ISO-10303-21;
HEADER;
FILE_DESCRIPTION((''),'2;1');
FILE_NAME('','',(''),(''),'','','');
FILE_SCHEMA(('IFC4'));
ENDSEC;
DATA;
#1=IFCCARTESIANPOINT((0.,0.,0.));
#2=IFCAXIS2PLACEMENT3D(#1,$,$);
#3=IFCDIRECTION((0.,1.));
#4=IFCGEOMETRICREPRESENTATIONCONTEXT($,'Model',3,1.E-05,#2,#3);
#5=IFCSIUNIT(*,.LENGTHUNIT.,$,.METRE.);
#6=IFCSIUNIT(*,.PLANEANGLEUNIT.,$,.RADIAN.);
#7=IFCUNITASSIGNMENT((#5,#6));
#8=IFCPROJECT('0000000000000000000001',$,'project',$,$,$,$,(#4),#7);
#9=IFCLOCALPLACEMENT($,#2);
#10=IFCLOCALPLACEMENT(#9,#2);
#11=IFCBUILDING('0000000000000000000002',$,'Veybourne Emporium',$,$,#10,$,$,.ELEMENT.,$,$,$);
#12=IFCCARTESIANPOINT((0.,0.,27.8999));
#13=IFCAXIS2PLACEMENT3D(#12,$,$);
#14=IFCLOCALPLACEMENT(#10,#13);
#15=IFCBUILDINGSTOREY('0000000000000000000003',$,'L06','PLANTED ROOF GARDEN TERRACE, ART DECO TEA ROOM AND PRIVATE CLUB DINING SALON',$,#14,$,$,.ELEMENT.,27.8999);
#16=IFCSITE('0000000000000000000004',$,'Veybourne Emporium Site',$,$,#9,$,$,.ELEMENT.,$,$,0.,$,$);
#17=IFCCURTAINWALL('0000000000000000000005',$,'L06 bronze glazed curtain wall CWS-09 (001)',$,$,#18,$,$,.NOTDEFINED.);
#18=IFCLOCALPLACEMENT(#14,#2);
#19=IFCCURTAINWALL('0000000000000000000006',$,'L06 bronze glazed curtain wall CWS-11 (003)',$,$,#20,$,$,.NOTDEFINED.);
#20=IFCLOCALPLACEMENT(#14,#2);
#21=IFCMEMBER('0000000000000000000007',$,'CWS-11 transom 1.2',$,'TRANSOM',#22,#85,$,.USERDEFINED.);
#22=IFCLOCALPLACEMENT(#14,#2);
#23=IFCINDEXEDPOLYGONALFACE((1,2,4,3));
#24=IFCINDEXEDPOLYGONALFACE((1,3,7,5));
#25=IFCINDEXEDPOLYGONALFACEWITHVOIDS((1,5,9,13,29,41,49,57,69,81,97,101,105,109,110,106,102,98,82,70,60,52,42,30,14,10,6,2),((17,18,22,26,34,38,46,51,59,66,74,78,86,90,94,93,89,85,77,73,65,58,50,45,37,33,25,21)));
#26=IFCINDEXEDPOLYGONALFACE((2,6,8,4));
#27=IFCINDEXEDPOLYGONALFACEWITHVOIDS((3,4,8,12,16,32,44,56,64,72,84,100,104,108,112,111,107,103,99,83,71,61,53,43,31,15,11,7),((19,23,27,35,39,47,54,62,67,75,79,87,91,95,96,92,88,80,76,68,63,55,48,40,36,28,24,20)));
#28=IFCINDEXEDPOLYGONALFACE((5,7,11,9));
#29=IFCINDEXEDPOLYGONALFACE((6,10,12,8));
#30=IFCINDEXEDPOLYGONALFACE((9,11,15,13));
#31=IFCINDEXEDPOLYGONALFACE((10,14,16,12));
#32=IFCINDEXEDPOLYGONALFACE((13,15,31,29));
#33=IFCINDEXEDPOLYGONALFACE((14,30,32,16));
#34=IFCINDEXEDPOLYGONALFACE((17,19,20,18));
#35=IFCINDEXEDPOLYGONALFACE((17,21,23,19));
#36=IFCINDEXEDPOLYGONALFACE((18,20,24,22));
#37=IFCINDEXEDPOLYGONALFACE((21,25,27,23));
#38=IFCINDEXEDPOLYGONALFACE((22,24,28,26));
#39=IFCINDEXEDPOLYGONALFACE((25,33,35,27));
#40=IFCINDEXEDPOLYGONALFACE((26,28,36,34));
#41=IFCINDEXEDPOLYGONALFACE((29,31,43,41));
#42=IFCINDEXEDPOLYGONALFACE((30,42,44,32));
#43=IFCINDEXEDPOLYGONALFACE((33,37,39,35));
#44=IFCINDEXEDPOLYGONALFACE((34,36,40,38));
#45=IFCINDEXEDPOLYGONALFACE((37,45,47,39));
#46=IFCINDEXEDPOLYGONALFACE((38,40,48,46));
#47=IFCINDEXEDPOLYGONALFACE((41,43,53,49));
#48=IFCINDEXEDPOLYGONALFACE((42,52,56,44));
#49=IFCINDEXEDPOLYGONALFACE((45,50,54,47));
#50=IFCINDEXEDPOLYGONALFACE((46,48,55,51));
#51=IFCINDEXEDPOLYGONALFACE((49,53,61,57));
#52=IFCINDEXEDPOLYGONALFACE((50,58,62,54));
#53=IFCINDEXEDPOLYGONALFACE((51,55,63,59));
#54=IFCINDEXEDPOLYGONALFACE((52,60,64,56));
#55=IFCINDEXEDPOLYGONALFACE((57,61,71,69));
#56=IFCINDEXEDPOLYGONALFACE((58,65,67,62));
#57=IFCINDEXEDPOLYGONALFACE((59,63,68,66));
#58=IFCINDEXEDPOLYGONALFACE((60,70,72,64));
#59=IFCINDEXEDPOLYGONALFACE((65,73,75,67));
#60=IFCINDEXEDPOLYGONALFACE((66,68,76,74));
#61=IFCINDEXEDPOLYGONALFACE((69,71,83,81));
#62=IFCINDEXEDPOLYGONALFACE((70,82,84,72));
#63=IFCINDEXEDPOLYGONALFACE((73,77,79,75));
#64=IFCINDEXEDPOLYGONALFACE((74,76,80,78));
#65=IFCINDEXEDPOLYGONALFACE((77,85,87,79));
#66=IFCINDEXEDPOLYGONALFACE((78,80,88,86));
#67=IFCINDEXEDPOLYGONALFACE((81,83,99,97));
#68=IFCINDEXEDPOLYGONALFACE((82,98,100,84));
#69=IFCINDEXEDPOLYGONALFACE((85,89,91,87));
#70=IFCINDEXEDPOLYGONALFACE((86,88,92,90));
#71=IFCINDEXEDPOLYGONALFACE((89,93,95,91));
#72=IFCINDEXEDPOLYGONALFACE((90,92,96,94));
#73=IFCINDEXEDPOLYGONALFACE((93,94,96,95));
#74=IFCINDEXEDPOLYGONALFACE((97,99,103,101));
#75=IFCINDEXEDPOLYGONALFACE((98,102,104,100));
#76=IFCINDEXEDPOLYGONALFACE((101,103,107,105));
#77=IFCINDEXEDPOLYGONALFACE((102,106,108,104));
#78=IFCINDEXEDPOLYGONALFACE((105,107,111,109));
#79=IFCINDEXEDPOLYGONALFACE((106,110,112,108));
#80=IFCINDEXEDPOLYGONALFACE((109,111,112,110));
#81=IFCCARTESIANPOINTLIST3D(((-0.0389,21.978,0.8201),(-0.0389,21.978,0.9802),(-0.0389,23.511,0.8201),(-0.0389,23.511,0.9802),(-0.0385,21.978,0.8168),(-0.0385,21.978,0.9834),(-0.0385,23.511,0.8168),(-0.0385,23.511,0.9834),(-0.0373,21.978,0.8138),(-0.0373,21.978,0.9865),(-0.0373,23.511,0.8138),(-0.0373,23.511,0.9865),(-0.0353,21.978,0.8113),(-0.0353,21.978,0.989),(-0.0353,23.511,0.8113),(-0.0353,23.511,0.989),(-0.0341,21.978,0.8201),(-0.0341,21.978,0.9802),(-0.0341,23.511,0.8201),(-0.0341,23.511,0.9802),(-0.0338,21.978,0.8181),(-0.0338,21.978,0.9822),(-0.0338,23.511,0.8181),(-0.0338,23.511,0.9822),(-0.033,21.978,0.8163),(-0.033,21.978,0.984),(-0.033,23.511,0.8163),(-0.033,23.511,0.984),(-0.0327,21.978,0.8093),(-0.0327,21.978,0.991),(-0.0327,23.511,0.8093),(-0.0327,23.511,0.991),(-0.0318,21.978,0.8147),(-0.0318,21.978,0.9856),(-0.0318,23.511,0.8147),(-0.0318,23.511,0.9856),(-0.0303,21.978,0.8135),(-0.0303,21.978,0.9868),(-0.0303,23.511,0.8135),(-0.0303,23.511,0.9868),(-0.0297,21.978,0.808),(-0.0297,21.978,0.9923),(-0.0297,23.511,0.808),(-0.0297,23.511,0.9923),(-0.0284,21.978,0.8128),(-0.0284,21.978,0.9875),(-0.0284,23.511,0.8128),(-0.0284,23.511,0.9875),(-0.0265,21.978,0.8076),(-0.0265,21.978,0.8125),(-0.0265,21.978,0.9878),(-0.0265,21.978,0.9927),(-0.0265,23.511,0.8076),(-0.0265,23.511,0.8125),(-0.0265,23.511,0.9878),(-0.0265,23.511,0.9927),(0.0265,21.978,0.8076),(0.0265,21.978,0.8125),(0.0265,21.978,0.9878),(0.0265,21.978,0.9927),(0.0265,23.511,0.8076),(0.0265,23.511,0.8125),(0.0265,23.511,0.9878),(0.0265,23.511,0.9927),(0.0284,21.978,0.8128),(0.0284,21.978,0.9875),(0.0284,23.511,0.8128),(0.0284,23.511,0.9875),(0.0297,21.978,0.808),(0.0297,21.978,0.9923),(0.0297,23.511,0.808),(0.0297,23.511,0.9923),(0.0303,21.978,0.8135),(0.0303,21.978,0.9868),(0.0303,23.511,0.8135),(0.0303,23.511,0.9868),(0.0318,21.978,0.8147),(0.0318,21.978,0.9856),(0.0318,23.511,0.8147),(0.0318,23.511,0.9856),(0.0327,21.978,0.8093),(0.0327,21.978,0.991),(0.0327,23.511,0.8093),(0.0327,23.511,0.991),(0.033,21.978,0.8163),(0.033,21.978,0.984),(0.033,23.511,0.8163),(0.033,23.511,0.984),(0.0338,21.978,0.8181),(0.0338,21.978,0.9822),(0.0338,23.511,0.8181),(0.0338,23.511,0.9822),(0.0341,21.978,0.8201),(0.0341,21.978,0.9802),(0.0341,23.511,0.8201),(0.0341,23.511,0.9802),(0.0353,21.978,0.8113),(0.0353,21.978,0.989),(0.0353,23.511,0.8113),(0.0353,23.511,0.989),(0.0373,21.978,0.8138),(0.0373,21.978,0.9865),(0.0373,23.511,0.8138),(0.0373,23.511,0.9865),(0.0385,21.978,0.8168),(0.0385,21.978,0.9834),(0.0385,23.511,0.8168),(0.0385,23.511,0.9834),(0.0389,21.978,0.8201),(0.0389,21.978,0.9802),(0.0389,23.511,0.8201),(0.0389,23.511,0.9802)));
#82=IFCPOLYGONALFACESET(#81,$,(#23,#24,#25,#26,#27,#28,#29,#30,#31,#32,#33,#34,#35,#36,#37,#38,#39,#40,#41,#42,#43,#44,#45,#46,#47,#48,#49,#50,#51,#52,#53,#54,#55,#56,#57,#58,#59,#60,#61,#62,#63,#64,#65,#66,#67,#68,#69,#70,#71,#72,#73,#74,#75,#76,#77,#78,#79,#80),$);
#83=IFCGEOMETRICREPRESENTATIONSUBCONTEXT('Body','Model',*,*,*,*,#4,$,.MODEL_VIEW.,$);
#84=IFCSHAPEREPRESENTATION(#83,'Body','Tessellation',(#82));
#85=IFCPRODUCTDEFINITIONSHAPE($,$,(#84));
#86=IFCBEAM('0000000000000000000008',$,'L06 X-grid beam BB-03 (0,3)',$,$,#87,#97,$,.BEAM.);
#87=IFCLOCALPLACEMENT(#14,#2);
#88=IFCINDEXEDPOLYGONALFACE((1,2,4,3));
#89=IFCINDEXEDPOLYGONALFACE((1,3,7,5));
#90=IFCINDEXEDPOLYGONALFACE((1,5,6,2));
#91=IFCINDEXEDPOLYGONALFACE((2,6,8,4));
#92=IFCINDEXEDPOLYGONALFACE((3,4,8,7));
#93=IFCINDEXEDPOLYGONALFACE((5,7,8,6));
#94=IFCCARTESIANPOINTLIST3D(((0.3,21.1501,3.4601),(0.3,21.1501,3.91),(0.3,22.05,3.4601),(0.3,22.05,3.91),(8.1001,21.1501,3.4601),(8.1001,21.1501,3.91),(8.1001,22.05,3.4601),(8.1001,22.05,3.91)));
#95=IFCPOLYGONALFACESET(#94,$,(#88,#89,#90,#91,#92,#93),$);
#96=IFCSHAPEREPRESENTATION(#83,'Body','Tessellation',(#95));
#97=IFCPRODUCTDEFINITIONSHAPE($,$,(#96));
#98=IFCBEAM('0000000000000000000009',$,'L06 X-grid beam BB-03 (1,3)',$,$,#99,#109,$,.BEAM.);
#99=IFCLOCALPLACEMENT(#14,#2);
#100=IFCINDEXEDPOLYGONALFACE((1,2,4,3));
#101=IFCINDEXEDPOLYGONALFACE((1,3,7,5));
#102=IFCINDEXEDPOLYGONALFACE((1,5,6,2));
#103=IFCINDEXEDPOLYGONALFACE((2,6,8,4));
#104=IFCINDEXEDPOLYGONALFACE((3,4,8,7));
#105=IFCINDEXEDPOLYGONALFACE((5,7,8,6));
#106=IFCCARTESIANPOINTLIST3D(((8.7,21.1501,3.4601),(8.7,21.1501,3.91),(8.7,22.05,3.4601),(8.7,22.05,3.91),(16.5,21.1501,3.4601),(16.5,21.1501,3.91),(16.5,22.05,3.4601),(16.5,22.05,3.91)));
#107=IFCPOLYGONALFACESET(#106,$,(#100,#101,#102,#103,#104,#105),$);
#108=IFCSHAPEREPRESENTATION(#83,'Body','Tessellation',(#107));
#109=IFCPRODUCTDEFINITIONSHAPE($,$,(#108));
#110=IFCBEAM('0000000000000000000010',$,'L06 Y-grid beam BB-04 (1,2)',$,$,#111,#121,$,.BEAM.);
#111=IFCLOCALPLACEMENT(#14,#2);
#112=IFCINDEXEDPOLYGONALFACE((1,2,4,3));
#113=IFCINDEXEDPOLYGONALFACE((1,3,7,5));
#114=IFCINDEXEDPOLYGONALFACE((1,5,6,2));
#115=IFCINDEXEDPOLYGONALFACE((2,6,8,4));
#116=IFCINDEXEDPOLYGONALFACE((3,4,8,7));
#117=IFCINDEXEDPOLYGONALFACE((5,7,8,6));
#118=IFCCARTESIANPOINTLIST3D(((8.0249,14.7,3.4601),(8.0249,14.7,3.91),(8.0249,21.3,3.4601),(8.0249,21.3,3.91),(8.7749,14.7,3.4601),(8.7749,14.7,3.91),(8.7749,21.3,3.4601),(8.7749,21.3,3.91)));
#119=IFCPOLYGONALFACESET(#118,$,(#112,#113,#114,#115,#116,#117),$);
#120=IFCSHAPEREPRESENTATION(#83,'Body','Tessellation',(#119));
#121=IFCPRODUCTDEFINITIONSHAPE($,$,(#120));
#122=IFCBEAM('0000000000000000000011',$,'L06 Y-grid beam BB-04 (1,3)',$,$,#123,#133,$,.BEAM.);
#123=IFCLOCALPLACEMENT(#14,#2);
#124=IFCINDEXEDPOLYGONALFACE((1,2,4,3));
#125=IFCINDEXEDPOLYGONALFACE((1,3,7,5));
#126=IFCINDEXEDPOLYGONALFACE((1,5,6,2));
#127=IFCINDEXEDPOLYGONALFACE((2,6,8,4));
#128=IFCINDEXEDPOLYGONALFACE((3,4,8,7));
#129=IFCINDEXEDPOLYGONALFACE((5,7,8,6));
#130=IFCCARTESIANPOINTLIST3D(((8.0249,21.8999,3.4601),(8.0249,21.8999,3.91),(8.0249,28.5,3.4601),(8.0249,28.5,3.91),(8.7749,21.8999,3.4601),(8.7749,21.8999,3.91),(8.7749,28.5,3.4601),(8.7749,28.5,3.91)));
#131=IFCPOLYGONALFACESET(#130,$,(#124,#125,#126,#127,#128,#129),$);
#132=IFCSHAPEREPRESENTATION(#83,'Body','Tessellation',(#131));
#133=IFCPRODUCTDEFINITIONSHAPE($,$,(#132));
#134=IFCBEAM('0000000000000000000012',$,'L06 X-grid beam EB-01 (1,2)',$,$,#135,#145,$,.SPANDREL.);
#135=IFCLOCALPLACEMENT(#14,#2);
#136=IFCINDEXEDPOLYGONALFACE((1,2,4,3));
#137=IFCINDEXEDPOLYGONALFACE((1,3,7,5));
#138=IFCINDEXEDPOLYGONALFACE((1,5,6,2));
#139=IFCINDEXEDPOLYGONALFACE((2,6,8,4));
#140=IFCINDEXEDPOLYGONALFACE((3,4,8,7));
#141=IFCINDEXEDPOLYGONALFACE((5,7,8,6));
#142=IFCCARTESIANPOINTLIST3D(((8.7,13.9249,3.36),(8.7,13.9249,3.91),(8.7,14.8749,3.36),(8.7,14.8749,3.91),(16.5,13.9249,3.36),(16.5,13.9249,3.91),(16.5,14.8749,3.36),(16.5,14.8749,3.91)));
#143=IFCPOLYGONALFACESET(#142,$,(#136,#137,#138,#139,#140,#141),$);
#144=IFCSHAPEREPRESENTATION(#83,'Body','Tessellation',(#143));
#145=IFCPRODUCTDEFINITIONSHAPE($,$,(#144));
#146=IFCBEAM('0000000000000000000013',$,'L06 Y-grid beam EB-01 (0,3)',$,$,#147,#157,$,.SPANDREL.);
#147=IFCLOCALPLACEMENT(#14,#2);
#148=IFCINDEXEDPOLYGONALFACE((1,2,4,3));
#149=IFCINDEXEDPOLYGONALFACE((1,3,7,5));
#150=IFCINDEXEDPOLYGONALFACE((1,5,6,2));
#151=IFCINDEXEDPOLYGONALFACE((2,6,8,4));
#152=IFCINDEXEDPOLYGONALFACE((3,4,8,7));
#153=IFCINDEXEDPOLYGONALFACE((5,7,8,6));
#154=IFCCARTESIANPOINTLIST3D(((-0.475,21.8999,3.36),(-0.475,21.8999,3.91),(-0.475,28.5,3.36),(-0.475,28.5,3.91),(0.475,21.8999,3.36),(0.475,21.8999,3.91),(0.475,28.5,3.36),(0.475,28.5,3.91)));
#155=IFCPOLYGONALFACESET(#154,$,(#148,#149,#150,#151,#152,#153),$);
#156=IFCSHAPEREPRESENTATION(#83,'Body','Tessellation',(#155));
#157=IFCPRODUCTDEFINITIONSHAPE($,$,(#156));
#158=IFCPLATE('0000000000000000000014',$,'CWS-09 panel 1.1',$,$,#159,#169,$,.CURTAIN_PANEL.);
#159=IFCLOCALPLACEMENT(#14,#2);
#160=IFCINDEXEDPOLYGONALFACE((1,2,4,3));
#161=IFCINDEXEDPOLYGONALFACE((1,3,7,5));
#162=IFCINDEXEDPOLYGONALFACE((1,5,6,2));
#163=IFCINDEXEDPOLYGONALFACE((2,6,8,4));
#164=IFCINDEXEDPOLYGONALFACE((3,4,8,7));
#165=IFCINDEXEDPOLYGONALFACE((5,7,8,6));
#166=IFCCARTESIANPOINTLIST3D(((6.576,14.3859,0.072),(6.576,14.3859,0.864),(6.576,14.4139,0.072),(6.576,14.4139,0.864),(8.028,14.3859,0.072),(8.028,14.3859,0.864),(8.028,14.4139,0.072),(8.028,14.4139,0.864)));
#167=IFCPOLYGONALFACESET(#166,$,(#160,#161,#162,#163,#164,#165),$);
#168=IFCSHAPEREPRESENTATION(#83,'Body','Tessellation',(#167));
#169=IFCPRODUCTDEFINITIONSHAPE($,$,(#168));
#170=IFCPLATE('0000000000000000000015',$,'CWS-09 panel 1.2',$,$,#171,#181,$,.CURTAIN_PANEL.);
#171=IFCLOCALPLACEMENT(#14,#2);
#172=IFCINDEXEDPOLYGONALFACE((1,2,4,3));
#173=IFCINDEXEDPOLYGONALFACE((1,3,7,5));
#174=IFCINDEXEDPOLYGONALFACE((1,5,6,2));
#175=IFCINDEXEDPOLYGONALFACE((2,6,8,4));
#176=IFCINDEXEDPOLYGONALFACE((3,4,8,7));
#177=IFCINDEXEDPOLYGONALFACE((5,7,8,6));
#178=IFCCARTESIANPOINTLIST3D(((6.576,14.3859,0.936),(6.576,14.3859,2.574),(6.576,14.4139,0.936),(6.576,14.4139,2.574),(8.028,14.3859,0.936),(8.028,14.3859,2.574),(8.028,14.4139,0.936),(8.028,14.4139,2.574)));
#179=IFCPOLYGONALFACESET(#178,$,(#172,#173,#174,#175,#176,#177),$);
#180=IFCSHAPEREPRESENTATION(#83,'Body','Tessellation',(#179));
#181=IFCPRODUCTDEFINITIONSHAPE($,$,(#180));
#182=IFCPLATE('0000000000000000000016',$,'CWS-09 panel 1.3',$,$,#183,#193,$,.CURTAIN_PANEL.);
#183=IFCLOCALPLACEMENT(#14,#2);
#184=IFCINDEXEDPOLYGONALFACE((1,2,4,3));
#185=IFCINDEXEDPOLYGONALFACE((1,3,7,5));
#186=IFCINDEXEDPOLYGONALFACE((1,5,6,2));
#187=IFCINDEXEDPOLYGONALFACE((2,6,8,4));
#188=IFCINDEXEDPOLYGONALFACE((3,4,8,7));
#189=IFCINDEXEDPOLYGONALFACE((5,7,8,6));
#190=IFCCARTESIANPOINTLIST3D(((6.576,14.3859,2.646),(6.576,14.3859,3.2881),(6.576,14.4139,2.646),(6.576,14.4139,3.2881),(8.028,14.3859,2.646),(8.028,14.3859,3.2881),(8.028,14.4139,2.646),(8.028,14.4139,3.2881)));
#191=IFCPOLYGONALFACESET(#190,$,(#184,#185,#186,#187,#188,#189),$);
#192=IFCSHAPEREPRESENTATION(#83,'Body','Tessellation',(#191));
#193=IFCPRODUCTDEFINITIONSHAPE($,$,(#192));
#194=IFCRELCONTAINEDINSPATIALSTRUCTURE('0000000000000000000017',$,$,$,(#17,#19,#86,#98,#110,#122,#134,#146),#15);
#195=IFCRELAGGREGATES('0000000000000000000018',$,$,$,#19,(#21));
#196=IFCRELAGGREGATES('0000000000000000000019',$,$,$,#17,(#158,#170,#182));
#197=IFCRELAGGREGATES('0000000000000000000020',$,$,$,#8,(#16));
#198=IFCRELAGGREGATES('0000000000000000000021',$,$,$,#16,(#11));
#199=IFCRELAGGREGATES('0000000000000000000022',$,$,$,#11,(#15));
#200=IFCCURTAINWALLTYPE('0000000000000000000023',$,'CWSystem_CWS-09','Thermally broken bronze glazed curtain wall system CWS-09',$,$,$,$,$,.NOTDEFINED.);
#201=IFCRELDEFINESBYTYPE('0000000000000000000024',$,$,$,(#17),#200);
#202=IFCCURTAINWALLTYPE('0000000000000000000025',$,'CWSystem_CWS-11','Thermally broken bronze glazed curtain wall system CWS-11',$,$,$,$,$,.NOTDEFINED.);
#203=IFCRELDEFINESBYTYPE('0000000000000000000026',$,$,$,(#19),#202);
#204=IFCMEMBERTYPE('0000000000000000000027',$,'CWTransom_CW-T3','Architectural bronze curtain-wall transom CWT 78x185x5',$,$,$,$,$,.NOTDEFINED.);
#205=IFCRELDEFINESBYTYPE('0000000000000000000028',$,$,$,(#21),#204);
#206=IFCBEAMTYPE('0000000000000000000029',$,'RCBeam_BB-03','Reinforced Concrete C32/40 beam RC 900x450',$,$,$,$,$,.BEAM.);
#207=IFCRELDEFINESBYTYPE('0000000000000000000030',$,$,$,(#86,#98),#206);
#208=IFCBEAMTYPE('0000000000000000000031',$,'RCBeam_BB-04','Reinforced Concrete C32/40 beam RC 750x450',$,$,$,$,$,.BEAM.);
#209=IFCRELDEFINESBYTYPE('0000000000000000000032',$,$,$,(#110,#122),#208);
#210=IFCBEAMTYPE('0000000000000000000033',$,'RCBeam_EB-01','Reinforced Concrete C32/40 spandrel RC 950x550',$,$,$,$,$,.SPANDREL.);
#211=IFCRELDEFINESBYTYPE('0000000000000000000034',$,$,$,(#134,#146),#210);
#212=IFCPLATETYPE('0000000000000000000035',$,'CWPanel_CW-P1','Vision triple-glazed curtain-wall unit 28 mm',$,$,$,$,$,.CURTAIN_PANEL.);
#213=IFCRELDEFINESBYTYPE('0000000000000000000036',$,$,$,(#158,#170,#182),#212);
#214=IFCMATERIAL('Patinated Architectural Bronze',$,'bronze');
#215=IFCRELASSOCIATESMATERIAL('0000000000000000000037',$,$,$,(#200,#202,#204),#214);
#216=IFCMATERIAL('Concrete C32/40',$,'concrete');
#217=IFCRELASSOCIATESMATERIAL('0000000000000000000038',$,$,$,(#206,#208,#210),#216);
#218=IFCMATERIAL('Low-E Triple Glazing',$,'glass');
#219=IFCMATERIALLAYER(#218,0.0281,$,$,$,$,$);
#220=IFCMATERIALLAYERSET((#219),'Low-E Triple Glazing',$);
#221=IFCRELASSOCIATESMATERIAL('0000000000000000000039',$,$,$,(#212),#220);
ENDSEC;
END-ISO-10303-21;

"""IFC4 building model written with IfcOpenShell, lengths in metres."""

from ifc_helpers import new_model, si_unit, direction, frame, origin, origin_2d, place, context, subcontext, project, spatial, rectangle, hollow_rectangle, extrude, material, layer, layer_set, material_profile, profile_set, type_object, element, aggregate, save


model = new_model("IFC4")

# Units and contexts
model_context = context("Model", 3, precision=1e-05, world=origin(), true_north=direction((0.0, 1.0)))
body_context = subcontext(model_context, "Body", "Model", "MODEL_VIEW")
ifc_project = project(units=[si_unit("LENGTHUNIT", "METRE"), si_unit("PLANEANGLEUNIT", "RADIAN")], contexts=[model_context])

# Site, building, storey
site_placement = place(None, origin())
site = spatial("IfcSite", under=ifc_project, at=site_placement, Name="Veybourne Emporium Site", CompositionType="ELEMENT", RefElevation=0.0)
building_placement = place(site_placement, origin())
building = spatial("IfcBuilding", under=site, at=building_placement, Name="Veybourne Emporium", CompositionType="ELEMENT")
storey_placement = place(building_placement, frame((0.0, 0.0, 27.8999)))
storey = spatial("IfcBuildingStorey", under=building, at=storey_placement, Name="L06", Description="PLANTED ROOF GARDEN TERRACE, ART DECO TEA ROOM AND PRIVATE CLUB DINING SALON", CompositionType="ELEMENT", Elevation=27.8999)

# Curtain wall
ifc_material_1 = material(Name="Patinated Architectural Bronze", Category="bronze")
curtain_wall_type_1 = type_object("IfcCurtainWallType", Name="CWSystem_CWS-09", Description="Thermally broken bronze glazed curtain wall system CWS-09", PredefinedType="NOTDEFINED", material=ifc_material_1)
curtain_wall_1_placement = place(storey_placement, origin())
curtain_wall_1 = element("IfcCurtainWall", 1, at=curtain_wall_1_placement, inside=storey, type_object=curtain_wall_type_1, Name="L06 bronze glazed curtain wall CWS-09 (001)", PredefinedType="NOTDEFINED")

# Curtain wall
curtain_wall_type_2 = type_object("IfcCurtainWallType", Name="CWSystem_CWS-11", Description="Thermally broken bronze glazed curtain wall system CWS-11", PredefinedType="NOTDEFINED", material=ifc_material_1)
curtain_wall_2_placement = place(storey_placement, origin())
curtain_wall_2 = element("IfcCurtainWall", 2, at=curtain_wall_2_placement, inside=storey, type_object=curtain_wall_type_2, Name="L06 bronze glazed curtain wall CWS-11 (003)", PredefinedType="NOTDEFINED")

# Member
ifc_material_profile_1 = material_profile(ifc_material_1, hollow_rectangle(XDim=0.0779, YDim=0.1851, WallThickness=0.0049, InnerFilletRadius=0.0076, OuterFilletRadius=0.0125, at=origin_2d()), Name="CWT 78x185x5")
ifc_profile_set_1 = profile_set([ifc_material_profile_1], Name="Patinated Architectural Bronze")
member_type_1 = type_object("IfcMemberType", Name="CWTransom_CW-T3", Description="Architectural bronze curtain-wall transom CWT 78x185x5", PredefinedType="NOTDEFINED", material=ifc_profile_set_1)
member_1_placement = place(storey_placement, frame((0.0, 21.978, 0.9001), z_axis=(0.0, 1.0, 0.0), x_axis=(-1.0, 0.0, 0.0)))
member_1 = element("IfcMember", 3, at=member_1_placement, type_object=member_type_1, Name="CWS-11 transom 1.2", ObjectType="TRANSOM", PredefinedType="USERDEFINED", context=body_context, shape_type="SweptSolid", body=[
    extrude(hollow_rectangle(XDim=0.0779, YDim=0.1851, WallThickness=0.0049, InnerFilletRadius=0.0076, OuterFilletRadius=0.0125, at=origin_2d()), origin(), (0.0, 0.0, 1.0), 1.533),
])
aggregate(curtain_wall_2, [member_1])

# Beams
ifc_material_2 = material(Name="Concrete C32/40", Category="concrete")
ifc_material_profile_2 = material_profile(ifc_material_2, rectangle(XDim=0.8999, YDim=0.45, at=origin_2d()), Name="RC 900x450")
ifc_profile_set_2 = profile_set([ifc_material_profile_2], Name="Concrete C32/40")
beam_type_1 = type_object("IfcBeamType", Name="RCBeam_BB-03", Description="Reinforced Concrete C32/40 beam RC 900x450", PredefinedType="BEAM", material=ifc_profile_set_2)
for number, where, z_axis, x_axis, name in (
    (4, (0.3, 21.6001, 3.6851), (1.0, 0.0, 0.0), (0.0, 1.0, 0.0), "L06 X-grid beam BB-03 (0,3)"),
    (5, (8.7, 21.6001, 3.6851), (1.0, 0.0, 0.0), (0.0, 1.0, 0.0), "L06 X-grid beam BB-03 (1,3)"),
):
    element("IfcBeam", number, at=place(storey_placement, frame(where, z_axis=z_axis, x_axis=x_axis)), inside=storey, type_object=beam_type_1, Name=name, PredefinedType="BEAM", context=body_context, shape_type="SweptSolid", body=[
        extrude(rectangle(XDim=0.8999, YDim=0.45, at=origin_2d()), origin(), (0.0, 0.0, 1.0), 7.8),
    ])
ifc_material_profile_3 = material_profile(ifc_material_2, rectangle(XDim=0.75, YDim=0.45, at=origin_2d()), Name="RC 750x450")
ifc_profile_set_3 = profile_set([ifc_material_profile_3], Name="Concrete C32/40")
beam_type_2 = type_object("IfcBeamType", Name="RCBeam_BB-04", Description="Reinforced Concrete C32/40 beam RC 750x450", PredefinedType="BEAM", material=ifc_profile_set_3)
for number, where, z_axis, x_axis, name in (
    (6, (8.3999, 14.7, 3.6851), (0.0, 1.0, 0.0), (-1.0, 0.0, 0.0), "L06 Y-grid beam BB-04 (1,2)"),
    (7, (8.3999, 21.8999, 3.6851), (0.0, 1.0, 0.0), (-1.0, 0.0, 0.0), "L06 Y-grid beam BB-04 (1,3)"),
):
    element("IfcBeam", number, at=place(storey_placement, frame(where, z_axis=z_axis, x_axis=x_axis)), inside=storey, type_object=beam_type_2, Name=name, PredefinedType="BEAM", context=body_context, shape_type="SweptSolid", body=[
        extrude(rectangle(XDim=0.75, YDim=0.45, at=origin_2d()), origin(), (0.0, 0.0, 1.0), 6.6001),
    ])
ifc_material_profile_4 = material_profile(ifc_material_2, rectangle(XDim=0.95, YDim=0.55, at=origin_2d()), Name="RC 950x550")
ifc_profile_set_4 = profile_set([ifc_material_profile_4], Name="Concrete C32/40")
beam_type_3 = type_object("IfcBeamType", Name="RCBeam_EB-01", Description="Reinforced Concrete C32/40 spandrel RC 950x550", PredefinedType="SPANDREL", material=ifc_profile_set_4)
beam_1_placement = place(storey_placement, frame((8.7, 14.3999, 3.635), z_axis=(1.0, 0.0, 0.0), x_axis=(0.0, 1.0, 0.0)))
element("IfcBeam", 8, at=beam_1_placement, inside=storey, type_object=beam_type_3, Name="L06 X-grid beam EB-01 (1,2)", PredefinedType="SPANDREL", context=body_context, shape_type="SweptSolid", body=[
    extrude(rectangle(XDim=0.95, YDim=0.55, at=origin_2d()), origin(), (0.0, 0.0, 1.0), 7.8),
])
beam_2_placement = place(storey_placement, frame((0.0, 21.8999, 3.635), z_axis=(0.0, 1.0, 0.0), x_axis=(-1.0, 0.0, 0.0)))
element("IfcBeam", 9, at=beam_2_placement, inside=storey, type_object=beam_type_3, Name="L06 Y-grid beam EB-01 (0,3)", PredefinedType="SPANDREL", context=body_context, shape_type="SweptSolid", body=[
    extrude(rectangle(XDim=0.95, YDim=0.55, at=origin_2d()), origin(), (0.0, 0.0, 1.0), 6.6001),
])

# Plates
ifc_material_3 = material(Name="Low-E Triple Glazing", Category="glass")
ifc_layer = layer(ifc_material_3, 0.0281)
ifc_layer_set = layer_set([ifc_layer], Name="Low-E Triple Glazing")
plate_type = type_object("IfcPlateType", Name="CWPanel_CW-P1", Description="Vision triple-glazed curtain-wall unit 28 mm", PredefinedType="CURTAIN_PANEL", material=ifc_layer_set)
plate_1_placement = place(storey_placement, frame((7.302, 14.3999, 0.072), z_axis=(0.0, 0.0, 1.0), x_axis=(-1.0, 0.0, 0.0)))
plate_1 = element("IfcPlate", 10, at=plate_1_placement, type_object=plate_type, Name="CWS-09 panel 1.1", PredefinedType="CURTAIN_PANEL", context=body_context, shape_type="SweptSolid", body=[
    extrude(rectangle(XDim=1.4519, YDim=0.0281, at=origin_2d()), origin(), (0.0, 0.0, 1.0), 0.792),
])
plate_2_placement = place(storey_placement, frame((7.302, 14.3999, 0.936), z_axis=(0.0, 0.0, 1.0), x_axis=(-1.0, 0.0, 0.0)))
plate_2 = element("IfcPlate", 11, at=plate_2_placement, type_object=plate_type, Name="CWS-09 panel 1.2", PredefinedType="CURTAIN_PANEL", context=body_context, shape_type="SweptSolid", body=[
    extrude(rectangle(XDim=1.4519, YDim=0.0281, at=origin_2d()), origin(), (0.0, 0.0, 1.0), 1.6379),
])
plate_3_placement = place(storey_placement, frame((7.302, 14.3999, 2.646), z_axis=(0.0, 0.0, 1.0), x_axis=(-1.0, 0.0, 0.0)))
plate_3 = element("IfcPlate", 12, at=plate_3_placement, type_object=plate_type, Name="CWS-09 panel 1.3", PredefinedType="CURTAIN_PANEL", context=body_context, shape_type="SweptSolid", body=[
    extrude(rectangle(XDim=1.4519, YDim=0.0281, at=origin_2d()), origin(), (0.0, 0.0, 1.0), 0.6421),
])
aggregate(curtain_wall_1, [plate_1, plate_2, plate_3])

save(model, "model.ifc")
